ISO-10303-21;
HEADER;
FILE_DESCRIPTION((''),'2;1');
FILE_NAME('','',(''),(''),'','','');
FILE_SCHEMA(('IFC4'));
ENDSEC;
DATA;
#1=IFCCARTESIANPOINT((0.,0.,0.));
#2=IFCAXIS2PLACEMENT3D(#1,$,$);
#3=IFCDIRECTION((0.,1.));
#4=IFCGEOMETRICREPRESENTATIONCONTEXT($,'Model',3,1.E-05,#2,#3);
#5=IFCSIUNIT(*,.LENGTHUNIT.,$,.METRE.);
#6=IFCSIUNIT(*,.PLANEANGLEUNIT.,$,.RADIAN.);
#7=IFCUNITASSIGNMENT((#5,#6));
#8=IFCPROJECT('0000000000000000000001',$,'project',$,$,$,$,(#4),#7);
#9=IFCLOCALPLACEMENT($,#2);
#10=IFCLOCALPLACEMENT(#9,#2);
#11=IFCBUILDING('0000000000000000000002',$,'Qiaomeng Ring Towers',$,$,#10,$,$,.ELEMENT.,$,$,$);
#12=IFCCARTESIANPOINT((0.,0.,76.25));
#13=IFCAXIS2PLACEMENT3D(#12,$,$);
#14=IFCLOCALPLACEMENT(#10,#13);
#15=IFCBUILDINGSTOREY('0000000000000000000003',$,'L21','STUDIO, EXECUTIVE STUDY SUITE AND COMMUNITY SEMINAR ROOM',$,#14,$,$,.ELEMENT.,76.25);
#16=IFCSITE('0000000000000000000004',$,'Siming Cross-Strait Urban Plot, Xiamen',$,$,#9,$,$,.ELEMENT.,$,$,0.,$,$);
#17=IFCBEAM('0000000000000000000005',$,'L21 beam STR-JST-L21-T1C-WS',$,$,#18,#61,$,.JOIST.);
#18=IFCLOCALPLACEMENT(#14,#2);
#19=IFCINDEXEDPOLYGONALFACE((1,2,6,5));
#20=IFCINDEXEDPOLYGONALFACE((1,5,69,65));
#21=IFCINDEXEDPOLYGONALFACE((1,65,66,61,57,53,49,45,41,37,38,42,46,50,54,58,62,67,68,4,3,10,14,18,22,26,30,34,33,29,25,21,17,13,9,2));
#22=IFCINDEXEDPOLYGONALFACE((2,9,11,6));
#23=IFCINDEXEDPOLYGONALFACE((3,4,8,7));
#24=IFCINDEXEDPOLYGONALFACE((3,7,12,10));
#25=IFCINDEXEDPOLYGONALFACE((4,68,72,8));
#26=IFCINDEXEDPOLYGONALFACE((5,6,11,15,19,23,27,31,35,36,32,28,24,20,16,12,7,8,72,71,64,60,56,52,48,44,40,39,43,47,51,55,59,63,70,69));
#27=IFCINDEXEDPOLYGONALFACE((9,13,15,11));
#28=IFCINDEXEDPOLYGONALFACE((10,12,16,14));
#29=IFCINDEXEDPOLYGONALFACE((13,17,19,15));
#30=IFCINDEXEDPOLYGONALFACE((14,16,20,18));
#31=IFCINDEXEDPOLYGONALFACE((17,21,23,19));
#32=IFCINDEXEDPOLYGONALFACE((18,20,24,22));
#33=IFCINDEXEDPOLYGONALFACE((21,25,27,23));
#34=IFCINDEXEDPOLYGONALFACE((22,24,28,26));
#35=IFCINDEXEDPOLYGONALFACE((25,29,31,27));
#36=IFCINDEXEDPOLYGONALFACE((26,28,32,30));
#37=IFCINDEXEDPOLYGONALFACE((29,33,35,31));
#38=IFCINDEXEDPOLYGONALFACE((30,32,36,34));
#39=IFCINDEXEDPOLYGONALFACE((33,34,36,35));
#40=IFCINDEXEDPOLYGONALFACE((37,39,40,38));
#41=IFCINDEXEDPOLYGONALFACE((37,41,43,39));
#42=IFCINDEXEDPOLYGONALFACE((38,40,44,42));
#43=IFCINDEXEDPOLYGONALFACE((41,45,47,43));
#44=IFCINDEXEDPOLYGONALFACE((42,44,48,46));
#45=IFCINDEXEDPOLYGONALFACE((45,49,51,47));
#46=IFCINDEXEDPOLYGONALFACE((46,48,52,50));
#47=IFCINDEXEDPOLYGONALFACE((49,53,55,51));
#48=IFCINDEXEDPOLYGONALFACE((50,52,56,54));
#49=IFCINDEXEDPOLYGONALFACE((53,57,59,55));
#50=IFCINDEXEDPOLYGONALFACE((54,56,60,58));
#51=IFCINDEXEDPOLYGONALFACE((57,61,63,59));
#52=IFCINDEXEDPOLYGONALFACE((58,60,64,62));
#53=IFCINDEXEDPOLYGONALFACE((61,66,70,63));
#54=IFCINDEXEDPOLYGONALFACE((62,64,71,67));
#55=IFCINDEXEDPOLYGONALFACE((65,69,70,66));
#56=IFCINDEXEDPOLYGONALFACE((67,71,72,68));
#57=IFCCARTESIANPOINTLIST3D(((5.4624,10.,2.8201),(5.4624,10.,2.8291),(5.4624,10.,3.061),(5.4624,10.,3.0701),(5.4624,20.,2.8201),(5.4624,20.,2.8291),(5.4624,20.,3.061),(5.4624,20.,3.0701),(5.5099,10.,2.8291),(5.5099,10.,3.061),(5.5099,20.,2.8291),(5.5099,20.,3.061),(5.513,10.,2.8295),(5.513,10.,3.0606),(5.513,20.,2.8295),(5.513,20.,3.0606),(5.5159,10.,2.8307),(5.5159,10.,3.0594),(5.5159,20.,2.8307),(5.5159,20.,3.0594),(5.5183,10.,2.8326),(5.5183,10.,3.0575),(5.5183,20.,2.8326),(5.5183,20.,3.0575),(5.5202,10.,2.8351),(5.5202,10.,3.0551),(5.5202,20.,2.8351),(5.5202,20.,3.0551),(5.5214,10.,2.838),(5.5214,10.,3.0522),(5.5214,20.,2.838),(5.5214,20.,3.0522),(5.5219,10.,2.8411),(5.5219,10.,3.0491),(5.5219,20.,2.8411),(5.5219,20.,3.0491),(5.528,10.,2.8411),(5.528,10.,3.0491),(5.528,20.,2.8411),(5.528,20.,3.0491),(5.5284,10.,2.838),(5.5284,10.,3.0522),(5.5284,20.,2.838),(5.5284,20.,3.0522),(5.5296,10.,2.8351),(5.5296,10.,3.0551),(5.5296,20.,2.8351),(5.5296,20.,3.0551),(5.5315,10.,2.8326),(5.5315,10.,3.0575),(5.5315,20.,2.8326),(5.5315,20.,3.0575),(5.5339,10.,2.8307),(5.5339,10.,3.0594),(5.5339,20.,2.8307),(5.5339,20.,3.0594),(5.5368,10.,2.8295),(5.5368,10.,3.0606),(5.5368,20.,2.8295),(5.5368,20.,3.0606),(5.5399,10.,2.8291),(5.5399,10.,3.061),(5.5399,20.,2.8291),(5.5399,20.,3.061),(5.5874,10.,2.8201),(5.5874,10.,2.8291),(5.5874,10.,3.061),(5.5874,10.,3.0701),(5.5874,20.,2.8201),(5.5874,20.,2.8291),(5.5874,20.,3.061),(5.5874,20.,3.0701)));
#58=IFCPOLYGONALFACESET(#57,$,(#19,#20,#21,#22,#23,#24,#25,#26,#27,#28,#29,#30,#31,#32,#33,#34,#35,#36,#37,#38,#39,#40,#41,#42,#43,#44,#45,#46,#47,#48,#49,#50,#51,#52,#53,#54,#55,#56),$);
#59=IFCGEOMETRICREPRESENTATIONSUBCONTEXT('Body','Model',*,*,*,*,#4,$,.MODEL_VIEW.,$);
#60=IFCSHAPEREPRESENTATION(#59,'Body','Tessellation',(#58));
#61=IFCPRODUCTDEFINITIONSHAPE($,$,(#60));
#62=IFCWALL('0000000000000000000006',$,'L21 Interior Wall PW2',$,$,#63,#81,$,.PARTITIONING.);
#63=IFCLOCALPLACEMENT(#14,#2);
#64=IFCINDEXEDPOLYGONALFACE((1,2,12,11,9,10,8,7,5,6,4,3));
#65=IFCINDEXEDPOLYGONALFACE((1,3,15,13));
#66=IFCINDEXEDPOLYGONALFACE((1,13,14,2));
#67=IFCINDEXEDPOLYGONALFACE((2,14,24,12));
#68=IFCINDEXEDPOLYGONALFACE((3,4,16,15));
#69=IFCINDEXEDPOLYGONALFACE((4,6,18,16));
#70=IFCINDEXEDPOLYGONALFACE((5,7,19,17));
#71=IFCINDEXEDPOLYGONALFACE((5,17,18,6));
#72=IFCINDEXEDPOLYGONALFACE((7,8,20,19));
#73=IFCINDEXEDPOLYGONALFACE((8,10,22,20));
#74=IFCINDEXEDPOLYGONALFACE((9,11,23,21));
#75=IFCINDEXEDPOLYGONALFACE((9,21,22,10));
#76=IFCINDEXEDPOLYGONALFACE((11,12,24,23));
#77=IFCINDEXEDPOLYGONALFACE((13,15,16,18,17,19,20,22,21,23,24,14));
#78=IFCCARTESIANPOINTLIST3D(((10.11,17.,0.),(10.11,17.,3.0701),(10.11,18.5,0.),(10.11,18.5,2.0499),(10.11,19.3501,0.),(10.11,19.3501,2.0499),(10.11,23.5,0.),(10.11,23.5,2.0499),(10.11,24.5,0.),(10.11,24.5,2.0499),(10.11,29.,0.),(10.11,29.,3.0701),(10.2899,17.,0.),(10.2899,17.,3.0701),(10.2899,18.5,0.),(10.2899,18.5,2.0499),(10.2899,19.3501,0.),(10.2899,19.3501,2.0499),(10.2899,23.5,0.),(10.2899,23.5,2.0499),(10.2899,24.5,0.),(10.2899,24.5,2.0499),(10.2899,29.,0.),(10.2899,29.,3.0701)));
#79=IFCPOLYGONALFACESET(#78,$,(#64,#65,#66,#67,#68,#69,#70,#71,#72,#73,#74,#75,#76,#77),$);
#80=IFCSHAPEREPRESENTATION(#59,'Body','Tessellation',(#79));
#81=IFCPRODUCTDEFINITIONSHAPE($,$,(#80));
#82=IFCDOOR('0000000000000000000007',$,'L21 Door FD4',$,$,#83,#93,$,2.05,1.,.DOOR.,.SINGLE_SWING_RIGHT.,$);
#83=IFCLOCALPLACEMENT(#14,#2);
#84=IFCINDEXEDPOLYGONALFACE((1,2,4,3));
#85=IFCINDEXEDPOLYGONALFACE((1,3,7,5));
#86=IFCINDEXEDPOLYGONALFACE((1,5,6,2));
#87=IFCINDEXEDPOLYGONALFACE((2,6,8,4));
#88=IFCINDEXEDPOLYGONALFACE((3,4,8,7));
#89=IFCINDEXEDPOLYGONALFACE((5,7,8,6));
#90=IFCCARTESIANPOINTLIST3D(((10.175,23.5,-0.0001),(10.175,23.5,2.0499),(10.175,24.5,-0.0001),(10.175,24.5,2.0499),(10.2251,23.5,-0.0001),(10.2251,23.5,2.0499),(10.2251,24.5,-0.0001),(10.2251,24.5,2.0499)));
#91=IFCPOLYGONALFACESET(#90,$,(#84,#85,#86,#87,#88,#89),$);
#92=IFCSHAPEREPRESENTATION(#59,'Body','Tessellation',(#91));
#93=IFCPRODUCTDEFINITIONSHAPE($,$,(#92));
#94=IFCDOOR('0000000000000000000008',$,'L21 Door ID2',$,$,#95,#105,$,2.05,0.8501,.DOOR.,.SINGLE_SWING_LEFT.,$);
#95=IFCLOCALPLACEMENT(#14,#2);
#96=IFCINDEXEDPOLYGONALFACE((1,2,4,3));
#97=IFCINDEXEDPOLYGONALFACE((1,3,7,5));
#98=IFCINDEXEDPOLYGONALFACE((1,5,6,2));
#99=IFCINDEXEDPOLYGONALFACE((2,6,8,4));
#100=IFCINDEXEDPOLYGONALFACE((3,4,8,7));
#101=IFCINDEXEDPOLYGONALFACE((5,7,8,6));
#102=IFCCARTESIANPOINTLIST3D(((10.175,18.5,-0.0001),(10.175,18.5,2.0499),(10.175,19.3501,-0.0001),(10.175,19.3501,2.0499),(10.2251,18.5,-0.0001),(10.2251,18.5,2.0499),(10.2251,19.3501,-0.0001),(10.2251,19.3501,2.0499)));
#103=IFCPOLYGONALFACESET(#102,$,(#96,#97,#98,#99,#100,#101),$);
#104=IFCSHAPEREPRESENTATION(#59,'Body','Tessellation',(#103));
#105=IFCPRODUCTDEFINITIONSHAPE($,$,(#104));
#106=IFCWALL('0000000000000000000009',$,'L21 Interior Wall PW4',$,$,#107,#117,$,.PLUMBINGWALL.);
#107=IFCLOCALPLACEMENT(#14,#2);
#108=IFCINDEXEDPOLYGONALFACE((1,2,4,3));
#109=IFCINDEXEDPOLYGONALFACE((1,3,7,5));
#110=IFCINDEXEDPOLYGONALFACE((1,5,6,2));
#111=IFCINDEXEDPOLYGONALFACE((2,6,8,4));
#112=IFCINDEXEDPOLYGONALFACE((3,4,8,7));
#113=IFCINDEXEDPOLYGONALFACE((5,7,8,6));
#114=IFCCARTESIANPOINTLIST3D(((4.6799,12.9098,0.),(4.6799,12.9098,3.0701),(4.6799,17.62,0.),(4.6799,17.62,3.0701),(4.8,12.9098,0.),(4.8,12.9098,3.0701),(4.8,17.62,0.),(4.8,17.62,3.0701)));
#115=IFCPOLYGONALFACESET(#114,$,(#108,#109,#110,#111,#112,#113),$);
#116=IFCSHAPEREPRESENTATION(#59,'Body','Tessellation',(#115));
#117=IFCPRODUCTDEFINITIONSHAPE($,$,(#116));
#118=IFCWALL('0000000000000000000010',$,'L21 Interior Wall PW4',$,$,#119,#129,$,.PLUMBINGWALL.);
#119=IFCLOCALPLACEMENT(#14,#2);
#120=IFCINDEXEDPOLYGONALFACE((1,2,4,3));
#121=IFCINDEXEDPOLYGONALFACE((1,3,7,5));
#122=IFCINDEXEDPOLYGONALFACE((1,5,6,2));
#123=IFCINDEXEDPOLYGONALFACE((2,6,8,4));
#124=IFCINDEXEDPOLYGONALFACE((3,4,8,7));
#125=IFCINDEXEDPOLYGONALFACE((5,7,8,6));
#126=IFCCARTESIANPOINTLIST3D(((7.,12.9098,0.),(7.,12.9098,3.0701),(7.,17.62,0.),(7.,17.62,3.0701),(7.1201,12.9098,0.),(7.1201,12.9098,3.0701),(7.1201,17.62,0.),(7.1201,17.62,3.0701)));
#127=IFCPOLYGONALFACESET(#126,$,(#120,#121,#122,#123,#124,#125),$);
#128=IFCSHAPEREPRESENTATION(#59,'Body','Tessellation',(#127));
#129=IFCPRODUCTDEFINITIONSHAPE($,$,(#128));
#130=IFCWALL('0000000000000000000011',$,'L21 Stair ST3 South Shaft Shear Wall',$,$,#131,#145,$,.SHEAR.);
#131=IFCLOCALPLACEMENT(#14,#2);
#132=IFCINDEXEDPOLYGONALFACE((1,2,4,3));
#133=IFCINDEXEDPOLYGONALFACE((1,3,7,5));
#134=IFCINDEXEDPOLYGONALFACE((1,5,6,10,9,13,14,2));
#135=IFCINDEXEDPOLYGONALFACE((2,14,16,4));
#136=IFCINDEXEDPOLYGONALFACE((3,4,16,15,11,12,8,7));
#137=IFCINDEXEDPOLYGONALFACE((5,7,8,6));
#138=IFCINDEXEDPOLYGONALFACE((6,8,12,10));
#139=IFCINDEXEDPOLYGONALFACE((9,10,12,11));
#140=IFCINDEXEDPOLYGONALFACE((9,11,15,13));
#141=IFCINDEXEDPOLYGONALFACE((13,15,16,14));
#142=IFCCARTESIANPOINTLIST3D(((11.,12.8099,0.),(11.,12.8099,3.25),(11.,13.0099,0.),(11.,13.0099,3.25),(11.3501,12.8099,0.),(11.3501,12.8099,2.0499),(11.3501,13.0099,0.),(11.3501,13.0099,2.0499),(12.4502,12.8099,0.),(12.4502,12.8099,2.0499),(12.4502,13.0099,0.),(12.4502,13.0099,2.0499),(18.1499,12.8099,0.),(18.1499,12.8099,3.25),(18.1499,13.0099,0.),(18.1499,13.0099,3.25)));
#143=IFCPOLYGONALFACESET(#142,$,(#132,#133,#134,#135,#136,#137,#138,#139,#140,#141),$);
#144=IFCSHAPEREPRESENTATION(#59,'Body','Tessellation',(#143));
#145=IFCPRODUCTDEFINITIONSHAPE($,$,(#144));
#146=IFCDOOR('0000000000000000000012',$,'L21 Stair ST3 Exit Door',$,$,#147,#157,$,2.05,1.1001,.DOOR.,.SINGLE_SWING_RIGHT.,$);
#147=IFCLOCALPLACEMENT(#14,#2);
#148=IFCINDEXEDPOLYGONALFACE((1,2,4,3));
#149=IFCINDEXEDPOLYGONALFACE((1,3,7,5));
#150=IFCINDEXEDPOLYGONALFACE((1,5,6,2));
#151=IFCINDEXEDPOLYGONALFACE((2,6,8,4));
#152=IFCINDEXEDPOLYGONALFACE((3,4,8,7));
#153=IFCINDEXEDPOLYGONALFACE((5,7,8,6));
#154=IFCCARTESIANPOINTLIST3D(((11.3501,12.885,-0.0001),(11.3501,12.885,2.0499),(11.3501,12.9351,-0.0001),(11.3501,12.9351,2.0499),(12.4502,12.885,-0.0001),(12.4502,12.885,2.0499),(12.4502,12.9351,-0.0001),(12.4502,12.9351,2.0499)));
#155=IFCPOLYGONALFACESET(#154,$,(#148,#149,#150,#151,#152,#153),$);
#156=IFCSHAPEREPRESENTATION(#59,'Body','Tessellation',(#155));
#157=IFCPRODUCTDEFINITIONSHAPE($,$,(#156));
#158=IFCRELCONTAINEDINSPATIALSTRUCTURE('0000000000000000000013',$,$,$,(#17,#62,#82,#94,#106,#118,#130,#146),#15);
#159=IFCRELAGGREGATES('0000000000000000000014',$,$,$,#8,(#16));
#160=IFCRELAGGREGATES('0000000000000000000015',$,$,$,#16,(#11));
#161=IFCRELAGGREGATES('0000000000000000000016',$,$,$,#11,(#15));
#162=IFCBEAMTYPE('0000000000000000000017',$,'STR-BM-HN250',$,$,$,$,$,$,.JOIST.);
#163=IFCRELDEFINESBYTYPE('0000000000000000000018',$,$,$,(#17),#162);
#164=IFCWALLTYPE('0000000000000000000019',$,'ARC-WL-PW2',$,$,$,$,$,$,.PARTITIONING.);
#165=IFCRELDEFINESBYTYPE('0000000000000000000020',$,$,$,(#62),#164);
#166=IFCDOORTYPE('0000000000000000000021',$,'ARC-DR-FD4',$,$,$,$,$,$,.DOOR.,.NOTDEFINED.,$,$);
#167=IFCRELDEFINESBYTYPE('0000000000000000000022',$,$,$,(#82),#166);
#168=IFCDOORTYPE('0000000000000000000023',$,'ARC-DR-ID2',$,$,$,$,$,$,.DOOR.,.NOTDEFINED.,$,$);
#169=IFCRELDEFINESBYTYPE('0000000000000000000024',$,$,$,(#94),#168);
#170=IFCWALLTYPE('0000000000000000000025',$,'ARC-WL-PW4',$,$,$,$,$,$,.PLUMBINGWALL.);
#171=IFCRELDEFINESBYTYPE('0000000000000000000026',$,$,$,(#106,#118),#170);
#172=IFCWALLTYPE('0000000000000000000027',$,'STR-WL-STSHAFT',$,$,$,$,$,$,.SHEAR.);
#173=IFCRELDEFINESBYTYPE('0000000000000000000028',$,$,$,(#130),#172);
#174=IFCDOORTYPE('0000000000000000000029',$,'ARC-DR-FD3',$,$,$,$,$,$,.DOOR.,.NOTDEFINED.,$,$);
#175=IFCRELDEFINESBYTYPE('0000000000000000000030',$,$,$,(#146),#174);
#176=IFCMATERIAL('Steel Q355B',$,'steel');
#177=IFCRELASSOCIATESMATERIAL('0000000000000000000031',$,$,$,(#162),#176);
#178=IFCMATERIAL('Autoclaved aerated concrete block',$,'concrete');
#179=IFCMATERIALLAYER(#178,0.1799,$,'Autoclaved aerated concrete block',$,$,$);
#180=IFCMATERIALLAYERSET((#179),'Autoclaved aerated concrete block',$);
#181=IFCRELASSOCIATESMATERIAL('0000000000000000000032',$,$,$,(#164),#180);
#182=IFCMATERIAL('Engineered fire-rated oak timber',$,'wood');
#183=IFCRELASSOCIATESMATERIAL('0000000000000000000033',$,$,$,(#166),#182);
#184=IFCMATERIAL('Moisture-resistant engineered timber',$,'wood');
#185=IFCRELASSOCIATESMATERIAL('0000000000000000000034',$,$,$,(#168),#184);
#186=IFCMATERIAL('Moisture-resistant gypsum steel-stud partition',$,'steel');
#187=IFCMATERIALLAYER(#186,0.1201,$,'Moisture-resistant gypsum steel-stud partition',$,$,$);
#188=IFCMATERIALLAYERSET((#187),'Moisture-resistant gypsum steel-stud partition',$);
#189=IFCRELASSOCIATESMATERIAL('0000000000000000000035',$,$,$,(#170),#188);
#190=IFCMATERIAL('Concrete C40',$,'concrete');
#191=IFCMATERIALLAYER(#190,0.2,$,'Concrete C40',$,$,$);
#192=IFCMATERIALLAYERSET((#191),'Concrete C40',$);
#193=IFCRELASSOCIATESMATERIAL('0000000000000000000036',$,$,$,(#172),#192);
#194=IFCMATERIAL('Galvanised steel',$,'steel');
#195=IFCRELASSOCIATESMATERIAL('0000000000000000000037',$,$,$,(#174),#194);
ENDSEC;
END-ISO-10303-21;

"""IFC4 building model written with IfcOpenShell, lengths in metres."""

from ifc_helpers import new_model, si_unit, direction, frame, frame_2d, origin, origin_2d, place, context, subcontext, project, spatial, rectangle, i_section, extrude, source, transform, mapped, material, layer, layer_set, material_profile, profile_set, type_object, element, fill, save


model = new_model("IFC4")

# Units and contexts
model_context = context("Model", 3, precision=1e-05, world=origin(), true_north=direction((0.0, 1.0)))
body_context = subcontext(model_context, "Body", "Model", "MODEL_VIEW")
ifc_project = project(units=[si_unit("LENGTHUNIT", "METRE"), si_unit("PLANEANGLEUNIT", "RADIAN")], contexts=[model_context])

# Site, building, storey
site_placement = place(None, origin())
site = spatial("IfcSite", under=ifc_project, at=site_placement, Name="Siming Cross-Strait Urban Plot, Xiamen", CompositionType="ELEMENT", RefElevation=0.0)
building_placement = place(site_placement, origin())
building = spatial("IfcBuilding", under=site, at=building_placement, Name="Qiaomeng Ring Towers", CompositionType="ELEMENT")
storey_placement = place(building_placement, frame((0.0, 0.0, 76.25)))
storey = spatial("IfcBuildingStorey", under=building, at=storey_placement, Name="L21", Description="STUDIO, EXECUTIVE STUDY SUITE AND COMMUNITY SEMINAR ROOM", CompositionType="ELEMENT", Elevation=76.25)

# Beam
ifc_material_1 = material(Name="Steel Q355B", Category="steel")
ifc_material_profile = material_profile(ifc_material_1, i_section(OverallWidth=0.125, OverallDepth=0.25, WebThickness=0.0061, FlangeThickness=0.009, FilletRadius=0.012, at=origin_2d()), Name="HN 250x125x6x9")
ifc_profile_set = profile_set([ifc_material_profile], Name="Steel Q355B")
beam_type = type_object("IfcBeamType", Name="STR-BM-HN250", PredefinedType="JOIST", material=ifc_profile_set)
shared_shape_1 = source(origin(), body_context, "Body", "SweptSolid", [
    extrude(i_section(OverallWidth=0.125, OverallDepth=0.25, WebThickness=0.0061, FlangeThickness=0.009, FilletRadius=0.012, at=origin_2d()), origin(), (0.0, 0.0, 1.0), 10.0),
])
beam_placement = place(storey_placement, frame((5.5249, 10.0, 2.9451), z_axis=(0.0, 1.0, 0.0), x_axis=(-1.0, 0.0, 0.0)))
element("IfcBeam", 1, at=beam_placement, inside=storey, type_object=beam_type, Name="L21 beam STR-JST-L21-T1C-WS", PredefinedType="JOIST", context=body_context, shape_type="MappedRepresentation", body=[
    mapped(shared_shape_1, transform((0.0, 0.0, 0.0), x_axis=(1.0, 0.0, 0.0), y_axis=(0.0, 1.0, 0.0), z_axis=(0.0, 0.0, 1.0), scale=1.0)),
])

# Wall, openings, doors
ifc_material_2 = material(Name="Autoclaved aerated concrete block", Category="concrete")
ifc_layer_1 = layer(ifc_material_2, 0.1799, Name="Autoclaved aerated concrete block")
ifc_layer_set_1 = layer_set([ifc_layer_1], Name="Autoclaved aerated concrete block")
wall_type_1 = type_object("IfcWallType", Name="ARC-WL-PW2", PredefinedType="PARTITIONING", material=ifc_layer_set_1)
wall_1_placement = place(storey_placement, frame((10.2, 17.0, 0.0), z_axis=(0.0, 0.0, 1.0), x_axis=(0.0, 1.0, 0.0)))
wall_1 = element("IfcWall", 2, at=wall_1_placement, inside=storey, type_object=wall_type_1, Name="L21 Interior Wall PW2", PredefinedType="PARTITIONING", context=body_context, shape_type="SweptSolid", body=[
    extrude(rectangle(XDim=12.0, YDim=0.1799, at=frame_2d((6.0, 0.0))), origin(), (0.0, 0.0, 1.0), 3.0701),
])
opening_1_placement = place(wall_1_placement, frame((1.5, 0.0, 0.0)))
opening_1 = element("IfcOpeningElement", 3, at=opening_1_placement, cuts=wall_1, PredefinedType="OPENING", context=body_context, shape_type="SweptSolid", body=[
    extrude(rectangle(XDim=0.8501, YDim=2.05, at=frame_2d((0.425, 1.0249))), frame((0.0, 0.0999, 0.0), z_axis=(0.0, -1.0, 0.0), x_axis=(1.0, 0.0, 0.0)), (0.0, 0.0, 1.0), 0.2),
])
opening_2_placement = place(wall_1_placement, frame((6.5, 0.0, 0.0)))
opening_2 = element("IfcOpeningElement", 4, at=opening_2_placement, cuts=wall_1, PredefinedType="OPENING", context=body_context, shape_type="SweptSolid", body=[
    extrude(rectangle(XDim=1.0, YDim=2.05, at=frame_2d((0.5, 1.0249))), frame((0.0, 0.0999, 0.0), z_axis=(0.0, -1.0, 0.0), x_axis=(1.0, 0.0, 0.0)), (0.0, 0.0, 1.0), 0.2),
])
ifc_material_3 = material(Name="Engineered fire-rated oak timber", Category="wood")
door_type_1 = type_object("IfcDoorType", Name="ARC-DR-FD4", OperationType="NOTDEFINED", PredefinedType="DOOR", material=ifc_material_3)
shared_shape_2 = source(origin(), body_context, "Body", "SweptSolid", [
    extrude(rectangle(XDim=1.0, YDim=2.05, at=frame_2d((0.5, 1.0249))), frame((0.0, 0.0249, 0.0), z_axis=(0.0, -1.0, 0.0), x_axis=(1.0, 0.0, 0.0)), (0.0, 0.0, 1.0), 0.05),
])
door_1_placement = place(opening_2_placement, origin())
door_1 = element("IfcDoor", 5, at=door_1_placement, inside=storey, type_object=door_type_1, Name="L21 Door FD4", OperationType="SINGLE_SWING_RIGHT", OverallHeight=2.05, OverallWidth=1.0, PredefinedType="DOOR", context=body_context, shape_type="MappedRepresentation", body=[
    mapped(shared_shape_2, transform((0.0, 0.0, 0.0), x_axis=(1.0, 0.0, 0.0), y_axis=(0.0, 1.0, 0.0), z_axis=(0.0, 0.0, 1.0), scale=1.0)),
])
fill(opening_2, door_1)
ifc_material_4 = material(Name="Moisture-resistant engineered timber", Category="wood")
door_type_2 = type_object("IfcDoorType", Name="ARC-DR-ID2", OperationType="NOTDEFINED", PredefinedType="DOOR", material=ifc_material_4)
shared_shape_3 = source(origin(), body_context, "Body", "SweptSolid", [
    extrude(rectangle(XDim=0.8501, YDim=2.05, at=frame_2d((0.425, 1.0249))), frame((0.0, 0.0249, 0.0), z_axis=(0.0, -1.0, 0.0), x_axis=(1.0, 0.0, 0.0)), (0.0, 0.0, 1.0), 0.05),
])
door_2_placement = place(opening_1_placement, origin())
door_2 = element("IfcDoor", 6, at=door_2_placement, inside=storey, type_object=door_type_2, Name="L21 Door ID2", OperationType="SINGLE_SWING_LEFT", OverallHeight=2.05, OverallWidth=0.8501, PredefinedType="DOOR", context=body_context, shape_type="MappedRepresentation", body=[
    mapped(shared_shape_3, transform((0.0, 0.0, 0.0), x_axis=(1.0, 0.0, 0.0), y_axis=(0.0, 1.0, 0.0), z_axis=(0.0, 0.0, 1.0), scale=1.0)),
])
fill(opening_1, door_2)

# Walls
ifc_material_5 = material(Name="Moisture-resistant gypsum steel-stud partition", Category="steel")
ifc_layer_2 = layer(ifc_material_5, 0.1201, Name="Moisture-resistant gypsum steel-stud partition")
ifc_layer_set_2 = layer_set([ifc_layer_2], Name="Moisture-resistant gypsum steel-stud partition")
wall_type_2 = type_object("IfcWallType", Name="ARC-WL-PW4", PredefinedType="PLUMBINGWALL", material=ifc_layer_set_2)
for number, where, z_axis, x_axis, name in (
    (7, (4.74, 12.9099, 0.0), (0.0, 0.0, 1.0), (0.0, 1.0, 0.0), "L21 Interior Wall PW4"),
    (8, (7.0601, 12.9099, 0.0), (0.0, 0.0, 1.0), (0.0, 1.0, 0.0), "L21 Interior Wall PW4"),
):
    element("IfcWall", number, at=place(storey_placement, frame(where, z_axis=z_axis, x_axis=x_axis)), inside=storey, type_object=wall_type_2, Name=name, PredefinedType="PLUMBINGWALL", context=body_context, shape_type="SweptSolid", body=[
        extrude(rectangle(XDim=4.7102, YDim=0.1201, at=frame_2d((2.355, 0.0))), origin(), (0.0, 0.0, 1.0), 3.0701),
    ])

# Wall, opening, door
ifc_material_6 = material(Name="Concrete C40", Category="concrete")
ifc_layer_3 = layer(ifc_material_6, 0.2, Name="Concrete C40")
ifc_layer_set_3 = layer_set([ifc_layer_3], Name="Concrete C40")
wall_type_3 = type_object("IfcWallType", Name="STR-WL-STSHAFT", PredefinedType="SHEAR", material=ifc_layer_set_3)
wall_2_placement = place(storey_placement, frame((11.0, 12.9099, 0.0), z_axis=(0.0, 0.0, 1.0), x_axis=(1.0, 0.0, 0.0)))
wall_2 = element("IfcWall", 9, at=wall_2_placement, inside=storey, type_object=wall_type_3, Name="L21 Stair ST3 South Shaft Shear Wall", PredefinedType="SHEAR", context=body_context, shape_type="SweptSolid", body=[
    extrude(rectangle(XDim=7.1499, YDim=0.2, at=frame_2d((3.575, 0.0))), origin(), (0.0, 0.0, 1.0), 3.25),
])
opening_3_placement = place(wall_2_placement, frame((0.3501, 0.0, 0.0)))
opening_3 = element("IfcOpeningElement", 10, at=opening_3_placement, cuts=wall_2, PredefinedType="OPENING", context=body_context, shape_type="SweptSolid", body=[
    extrude(rectangle(XDim=1.1001, YDim=2.05, at=frame_2d((0.55, 1.0249))), frame((0.0, 0.1099, 0.0), z_axis=(0.0, -1.0, 0.0), x_axis=(1.0, 0.0, 0.0)), (0.0, 0.0, 1.0), 0.22),
])
ifc_material_7 = material(Name="Galvanised steel", Category="steel")
door_type_3 = type_object("IfcDoorType", Name="ARC-DR-FD3", OperationType="NOTDEFINED", PredefinedType="DOOR", material=ifc_material_7)
shared_shape_4 = source(origin(), body_context, "Body", "SweptSolid", [
    extrude(rectangle(XDim=1.1001, YDim=2.05, at=frame_2d((0.55, 1.0249))), frame((0.0, 0.0249, 0.0), z_axis=(0.0, -1.0, 0.0), x_axis=(1.0, 0.0, 0.0)), (0.0, 0.0, 1.0), 0.05),
])
door_3_placement = place(opening_3_placement, frame((1.1001, 0.0, 0.0), z_axis=(0.0, 0.0, 1.0), x_axis=(-1.0, 0.0, 0.0)))
door_3 = element("IfcDoor", 11, at=door_3_placement, inside=storey, type_object=door_type_3, Name="L21 Stair ST3 Exit Door", OperationType="SINGLE_SWING_RIGHT", OverallHeight=2.05, OverallWidth=1.1001, PredefinedType="DOOR", context=body_context, shape_type="MappedRepresentation", body=[
    mapped(shared_shape_4, transform((0.0, 0.0, 0.0), x_axis=(1.0, 0.0, 0.0), y_axis=(0.0, 1.0, 0.0), z_axis=(0.0, 0.0, 1.0), scale=1.0)),
])
fill(opening_3, door_3)

save(model, "model.ifc")
